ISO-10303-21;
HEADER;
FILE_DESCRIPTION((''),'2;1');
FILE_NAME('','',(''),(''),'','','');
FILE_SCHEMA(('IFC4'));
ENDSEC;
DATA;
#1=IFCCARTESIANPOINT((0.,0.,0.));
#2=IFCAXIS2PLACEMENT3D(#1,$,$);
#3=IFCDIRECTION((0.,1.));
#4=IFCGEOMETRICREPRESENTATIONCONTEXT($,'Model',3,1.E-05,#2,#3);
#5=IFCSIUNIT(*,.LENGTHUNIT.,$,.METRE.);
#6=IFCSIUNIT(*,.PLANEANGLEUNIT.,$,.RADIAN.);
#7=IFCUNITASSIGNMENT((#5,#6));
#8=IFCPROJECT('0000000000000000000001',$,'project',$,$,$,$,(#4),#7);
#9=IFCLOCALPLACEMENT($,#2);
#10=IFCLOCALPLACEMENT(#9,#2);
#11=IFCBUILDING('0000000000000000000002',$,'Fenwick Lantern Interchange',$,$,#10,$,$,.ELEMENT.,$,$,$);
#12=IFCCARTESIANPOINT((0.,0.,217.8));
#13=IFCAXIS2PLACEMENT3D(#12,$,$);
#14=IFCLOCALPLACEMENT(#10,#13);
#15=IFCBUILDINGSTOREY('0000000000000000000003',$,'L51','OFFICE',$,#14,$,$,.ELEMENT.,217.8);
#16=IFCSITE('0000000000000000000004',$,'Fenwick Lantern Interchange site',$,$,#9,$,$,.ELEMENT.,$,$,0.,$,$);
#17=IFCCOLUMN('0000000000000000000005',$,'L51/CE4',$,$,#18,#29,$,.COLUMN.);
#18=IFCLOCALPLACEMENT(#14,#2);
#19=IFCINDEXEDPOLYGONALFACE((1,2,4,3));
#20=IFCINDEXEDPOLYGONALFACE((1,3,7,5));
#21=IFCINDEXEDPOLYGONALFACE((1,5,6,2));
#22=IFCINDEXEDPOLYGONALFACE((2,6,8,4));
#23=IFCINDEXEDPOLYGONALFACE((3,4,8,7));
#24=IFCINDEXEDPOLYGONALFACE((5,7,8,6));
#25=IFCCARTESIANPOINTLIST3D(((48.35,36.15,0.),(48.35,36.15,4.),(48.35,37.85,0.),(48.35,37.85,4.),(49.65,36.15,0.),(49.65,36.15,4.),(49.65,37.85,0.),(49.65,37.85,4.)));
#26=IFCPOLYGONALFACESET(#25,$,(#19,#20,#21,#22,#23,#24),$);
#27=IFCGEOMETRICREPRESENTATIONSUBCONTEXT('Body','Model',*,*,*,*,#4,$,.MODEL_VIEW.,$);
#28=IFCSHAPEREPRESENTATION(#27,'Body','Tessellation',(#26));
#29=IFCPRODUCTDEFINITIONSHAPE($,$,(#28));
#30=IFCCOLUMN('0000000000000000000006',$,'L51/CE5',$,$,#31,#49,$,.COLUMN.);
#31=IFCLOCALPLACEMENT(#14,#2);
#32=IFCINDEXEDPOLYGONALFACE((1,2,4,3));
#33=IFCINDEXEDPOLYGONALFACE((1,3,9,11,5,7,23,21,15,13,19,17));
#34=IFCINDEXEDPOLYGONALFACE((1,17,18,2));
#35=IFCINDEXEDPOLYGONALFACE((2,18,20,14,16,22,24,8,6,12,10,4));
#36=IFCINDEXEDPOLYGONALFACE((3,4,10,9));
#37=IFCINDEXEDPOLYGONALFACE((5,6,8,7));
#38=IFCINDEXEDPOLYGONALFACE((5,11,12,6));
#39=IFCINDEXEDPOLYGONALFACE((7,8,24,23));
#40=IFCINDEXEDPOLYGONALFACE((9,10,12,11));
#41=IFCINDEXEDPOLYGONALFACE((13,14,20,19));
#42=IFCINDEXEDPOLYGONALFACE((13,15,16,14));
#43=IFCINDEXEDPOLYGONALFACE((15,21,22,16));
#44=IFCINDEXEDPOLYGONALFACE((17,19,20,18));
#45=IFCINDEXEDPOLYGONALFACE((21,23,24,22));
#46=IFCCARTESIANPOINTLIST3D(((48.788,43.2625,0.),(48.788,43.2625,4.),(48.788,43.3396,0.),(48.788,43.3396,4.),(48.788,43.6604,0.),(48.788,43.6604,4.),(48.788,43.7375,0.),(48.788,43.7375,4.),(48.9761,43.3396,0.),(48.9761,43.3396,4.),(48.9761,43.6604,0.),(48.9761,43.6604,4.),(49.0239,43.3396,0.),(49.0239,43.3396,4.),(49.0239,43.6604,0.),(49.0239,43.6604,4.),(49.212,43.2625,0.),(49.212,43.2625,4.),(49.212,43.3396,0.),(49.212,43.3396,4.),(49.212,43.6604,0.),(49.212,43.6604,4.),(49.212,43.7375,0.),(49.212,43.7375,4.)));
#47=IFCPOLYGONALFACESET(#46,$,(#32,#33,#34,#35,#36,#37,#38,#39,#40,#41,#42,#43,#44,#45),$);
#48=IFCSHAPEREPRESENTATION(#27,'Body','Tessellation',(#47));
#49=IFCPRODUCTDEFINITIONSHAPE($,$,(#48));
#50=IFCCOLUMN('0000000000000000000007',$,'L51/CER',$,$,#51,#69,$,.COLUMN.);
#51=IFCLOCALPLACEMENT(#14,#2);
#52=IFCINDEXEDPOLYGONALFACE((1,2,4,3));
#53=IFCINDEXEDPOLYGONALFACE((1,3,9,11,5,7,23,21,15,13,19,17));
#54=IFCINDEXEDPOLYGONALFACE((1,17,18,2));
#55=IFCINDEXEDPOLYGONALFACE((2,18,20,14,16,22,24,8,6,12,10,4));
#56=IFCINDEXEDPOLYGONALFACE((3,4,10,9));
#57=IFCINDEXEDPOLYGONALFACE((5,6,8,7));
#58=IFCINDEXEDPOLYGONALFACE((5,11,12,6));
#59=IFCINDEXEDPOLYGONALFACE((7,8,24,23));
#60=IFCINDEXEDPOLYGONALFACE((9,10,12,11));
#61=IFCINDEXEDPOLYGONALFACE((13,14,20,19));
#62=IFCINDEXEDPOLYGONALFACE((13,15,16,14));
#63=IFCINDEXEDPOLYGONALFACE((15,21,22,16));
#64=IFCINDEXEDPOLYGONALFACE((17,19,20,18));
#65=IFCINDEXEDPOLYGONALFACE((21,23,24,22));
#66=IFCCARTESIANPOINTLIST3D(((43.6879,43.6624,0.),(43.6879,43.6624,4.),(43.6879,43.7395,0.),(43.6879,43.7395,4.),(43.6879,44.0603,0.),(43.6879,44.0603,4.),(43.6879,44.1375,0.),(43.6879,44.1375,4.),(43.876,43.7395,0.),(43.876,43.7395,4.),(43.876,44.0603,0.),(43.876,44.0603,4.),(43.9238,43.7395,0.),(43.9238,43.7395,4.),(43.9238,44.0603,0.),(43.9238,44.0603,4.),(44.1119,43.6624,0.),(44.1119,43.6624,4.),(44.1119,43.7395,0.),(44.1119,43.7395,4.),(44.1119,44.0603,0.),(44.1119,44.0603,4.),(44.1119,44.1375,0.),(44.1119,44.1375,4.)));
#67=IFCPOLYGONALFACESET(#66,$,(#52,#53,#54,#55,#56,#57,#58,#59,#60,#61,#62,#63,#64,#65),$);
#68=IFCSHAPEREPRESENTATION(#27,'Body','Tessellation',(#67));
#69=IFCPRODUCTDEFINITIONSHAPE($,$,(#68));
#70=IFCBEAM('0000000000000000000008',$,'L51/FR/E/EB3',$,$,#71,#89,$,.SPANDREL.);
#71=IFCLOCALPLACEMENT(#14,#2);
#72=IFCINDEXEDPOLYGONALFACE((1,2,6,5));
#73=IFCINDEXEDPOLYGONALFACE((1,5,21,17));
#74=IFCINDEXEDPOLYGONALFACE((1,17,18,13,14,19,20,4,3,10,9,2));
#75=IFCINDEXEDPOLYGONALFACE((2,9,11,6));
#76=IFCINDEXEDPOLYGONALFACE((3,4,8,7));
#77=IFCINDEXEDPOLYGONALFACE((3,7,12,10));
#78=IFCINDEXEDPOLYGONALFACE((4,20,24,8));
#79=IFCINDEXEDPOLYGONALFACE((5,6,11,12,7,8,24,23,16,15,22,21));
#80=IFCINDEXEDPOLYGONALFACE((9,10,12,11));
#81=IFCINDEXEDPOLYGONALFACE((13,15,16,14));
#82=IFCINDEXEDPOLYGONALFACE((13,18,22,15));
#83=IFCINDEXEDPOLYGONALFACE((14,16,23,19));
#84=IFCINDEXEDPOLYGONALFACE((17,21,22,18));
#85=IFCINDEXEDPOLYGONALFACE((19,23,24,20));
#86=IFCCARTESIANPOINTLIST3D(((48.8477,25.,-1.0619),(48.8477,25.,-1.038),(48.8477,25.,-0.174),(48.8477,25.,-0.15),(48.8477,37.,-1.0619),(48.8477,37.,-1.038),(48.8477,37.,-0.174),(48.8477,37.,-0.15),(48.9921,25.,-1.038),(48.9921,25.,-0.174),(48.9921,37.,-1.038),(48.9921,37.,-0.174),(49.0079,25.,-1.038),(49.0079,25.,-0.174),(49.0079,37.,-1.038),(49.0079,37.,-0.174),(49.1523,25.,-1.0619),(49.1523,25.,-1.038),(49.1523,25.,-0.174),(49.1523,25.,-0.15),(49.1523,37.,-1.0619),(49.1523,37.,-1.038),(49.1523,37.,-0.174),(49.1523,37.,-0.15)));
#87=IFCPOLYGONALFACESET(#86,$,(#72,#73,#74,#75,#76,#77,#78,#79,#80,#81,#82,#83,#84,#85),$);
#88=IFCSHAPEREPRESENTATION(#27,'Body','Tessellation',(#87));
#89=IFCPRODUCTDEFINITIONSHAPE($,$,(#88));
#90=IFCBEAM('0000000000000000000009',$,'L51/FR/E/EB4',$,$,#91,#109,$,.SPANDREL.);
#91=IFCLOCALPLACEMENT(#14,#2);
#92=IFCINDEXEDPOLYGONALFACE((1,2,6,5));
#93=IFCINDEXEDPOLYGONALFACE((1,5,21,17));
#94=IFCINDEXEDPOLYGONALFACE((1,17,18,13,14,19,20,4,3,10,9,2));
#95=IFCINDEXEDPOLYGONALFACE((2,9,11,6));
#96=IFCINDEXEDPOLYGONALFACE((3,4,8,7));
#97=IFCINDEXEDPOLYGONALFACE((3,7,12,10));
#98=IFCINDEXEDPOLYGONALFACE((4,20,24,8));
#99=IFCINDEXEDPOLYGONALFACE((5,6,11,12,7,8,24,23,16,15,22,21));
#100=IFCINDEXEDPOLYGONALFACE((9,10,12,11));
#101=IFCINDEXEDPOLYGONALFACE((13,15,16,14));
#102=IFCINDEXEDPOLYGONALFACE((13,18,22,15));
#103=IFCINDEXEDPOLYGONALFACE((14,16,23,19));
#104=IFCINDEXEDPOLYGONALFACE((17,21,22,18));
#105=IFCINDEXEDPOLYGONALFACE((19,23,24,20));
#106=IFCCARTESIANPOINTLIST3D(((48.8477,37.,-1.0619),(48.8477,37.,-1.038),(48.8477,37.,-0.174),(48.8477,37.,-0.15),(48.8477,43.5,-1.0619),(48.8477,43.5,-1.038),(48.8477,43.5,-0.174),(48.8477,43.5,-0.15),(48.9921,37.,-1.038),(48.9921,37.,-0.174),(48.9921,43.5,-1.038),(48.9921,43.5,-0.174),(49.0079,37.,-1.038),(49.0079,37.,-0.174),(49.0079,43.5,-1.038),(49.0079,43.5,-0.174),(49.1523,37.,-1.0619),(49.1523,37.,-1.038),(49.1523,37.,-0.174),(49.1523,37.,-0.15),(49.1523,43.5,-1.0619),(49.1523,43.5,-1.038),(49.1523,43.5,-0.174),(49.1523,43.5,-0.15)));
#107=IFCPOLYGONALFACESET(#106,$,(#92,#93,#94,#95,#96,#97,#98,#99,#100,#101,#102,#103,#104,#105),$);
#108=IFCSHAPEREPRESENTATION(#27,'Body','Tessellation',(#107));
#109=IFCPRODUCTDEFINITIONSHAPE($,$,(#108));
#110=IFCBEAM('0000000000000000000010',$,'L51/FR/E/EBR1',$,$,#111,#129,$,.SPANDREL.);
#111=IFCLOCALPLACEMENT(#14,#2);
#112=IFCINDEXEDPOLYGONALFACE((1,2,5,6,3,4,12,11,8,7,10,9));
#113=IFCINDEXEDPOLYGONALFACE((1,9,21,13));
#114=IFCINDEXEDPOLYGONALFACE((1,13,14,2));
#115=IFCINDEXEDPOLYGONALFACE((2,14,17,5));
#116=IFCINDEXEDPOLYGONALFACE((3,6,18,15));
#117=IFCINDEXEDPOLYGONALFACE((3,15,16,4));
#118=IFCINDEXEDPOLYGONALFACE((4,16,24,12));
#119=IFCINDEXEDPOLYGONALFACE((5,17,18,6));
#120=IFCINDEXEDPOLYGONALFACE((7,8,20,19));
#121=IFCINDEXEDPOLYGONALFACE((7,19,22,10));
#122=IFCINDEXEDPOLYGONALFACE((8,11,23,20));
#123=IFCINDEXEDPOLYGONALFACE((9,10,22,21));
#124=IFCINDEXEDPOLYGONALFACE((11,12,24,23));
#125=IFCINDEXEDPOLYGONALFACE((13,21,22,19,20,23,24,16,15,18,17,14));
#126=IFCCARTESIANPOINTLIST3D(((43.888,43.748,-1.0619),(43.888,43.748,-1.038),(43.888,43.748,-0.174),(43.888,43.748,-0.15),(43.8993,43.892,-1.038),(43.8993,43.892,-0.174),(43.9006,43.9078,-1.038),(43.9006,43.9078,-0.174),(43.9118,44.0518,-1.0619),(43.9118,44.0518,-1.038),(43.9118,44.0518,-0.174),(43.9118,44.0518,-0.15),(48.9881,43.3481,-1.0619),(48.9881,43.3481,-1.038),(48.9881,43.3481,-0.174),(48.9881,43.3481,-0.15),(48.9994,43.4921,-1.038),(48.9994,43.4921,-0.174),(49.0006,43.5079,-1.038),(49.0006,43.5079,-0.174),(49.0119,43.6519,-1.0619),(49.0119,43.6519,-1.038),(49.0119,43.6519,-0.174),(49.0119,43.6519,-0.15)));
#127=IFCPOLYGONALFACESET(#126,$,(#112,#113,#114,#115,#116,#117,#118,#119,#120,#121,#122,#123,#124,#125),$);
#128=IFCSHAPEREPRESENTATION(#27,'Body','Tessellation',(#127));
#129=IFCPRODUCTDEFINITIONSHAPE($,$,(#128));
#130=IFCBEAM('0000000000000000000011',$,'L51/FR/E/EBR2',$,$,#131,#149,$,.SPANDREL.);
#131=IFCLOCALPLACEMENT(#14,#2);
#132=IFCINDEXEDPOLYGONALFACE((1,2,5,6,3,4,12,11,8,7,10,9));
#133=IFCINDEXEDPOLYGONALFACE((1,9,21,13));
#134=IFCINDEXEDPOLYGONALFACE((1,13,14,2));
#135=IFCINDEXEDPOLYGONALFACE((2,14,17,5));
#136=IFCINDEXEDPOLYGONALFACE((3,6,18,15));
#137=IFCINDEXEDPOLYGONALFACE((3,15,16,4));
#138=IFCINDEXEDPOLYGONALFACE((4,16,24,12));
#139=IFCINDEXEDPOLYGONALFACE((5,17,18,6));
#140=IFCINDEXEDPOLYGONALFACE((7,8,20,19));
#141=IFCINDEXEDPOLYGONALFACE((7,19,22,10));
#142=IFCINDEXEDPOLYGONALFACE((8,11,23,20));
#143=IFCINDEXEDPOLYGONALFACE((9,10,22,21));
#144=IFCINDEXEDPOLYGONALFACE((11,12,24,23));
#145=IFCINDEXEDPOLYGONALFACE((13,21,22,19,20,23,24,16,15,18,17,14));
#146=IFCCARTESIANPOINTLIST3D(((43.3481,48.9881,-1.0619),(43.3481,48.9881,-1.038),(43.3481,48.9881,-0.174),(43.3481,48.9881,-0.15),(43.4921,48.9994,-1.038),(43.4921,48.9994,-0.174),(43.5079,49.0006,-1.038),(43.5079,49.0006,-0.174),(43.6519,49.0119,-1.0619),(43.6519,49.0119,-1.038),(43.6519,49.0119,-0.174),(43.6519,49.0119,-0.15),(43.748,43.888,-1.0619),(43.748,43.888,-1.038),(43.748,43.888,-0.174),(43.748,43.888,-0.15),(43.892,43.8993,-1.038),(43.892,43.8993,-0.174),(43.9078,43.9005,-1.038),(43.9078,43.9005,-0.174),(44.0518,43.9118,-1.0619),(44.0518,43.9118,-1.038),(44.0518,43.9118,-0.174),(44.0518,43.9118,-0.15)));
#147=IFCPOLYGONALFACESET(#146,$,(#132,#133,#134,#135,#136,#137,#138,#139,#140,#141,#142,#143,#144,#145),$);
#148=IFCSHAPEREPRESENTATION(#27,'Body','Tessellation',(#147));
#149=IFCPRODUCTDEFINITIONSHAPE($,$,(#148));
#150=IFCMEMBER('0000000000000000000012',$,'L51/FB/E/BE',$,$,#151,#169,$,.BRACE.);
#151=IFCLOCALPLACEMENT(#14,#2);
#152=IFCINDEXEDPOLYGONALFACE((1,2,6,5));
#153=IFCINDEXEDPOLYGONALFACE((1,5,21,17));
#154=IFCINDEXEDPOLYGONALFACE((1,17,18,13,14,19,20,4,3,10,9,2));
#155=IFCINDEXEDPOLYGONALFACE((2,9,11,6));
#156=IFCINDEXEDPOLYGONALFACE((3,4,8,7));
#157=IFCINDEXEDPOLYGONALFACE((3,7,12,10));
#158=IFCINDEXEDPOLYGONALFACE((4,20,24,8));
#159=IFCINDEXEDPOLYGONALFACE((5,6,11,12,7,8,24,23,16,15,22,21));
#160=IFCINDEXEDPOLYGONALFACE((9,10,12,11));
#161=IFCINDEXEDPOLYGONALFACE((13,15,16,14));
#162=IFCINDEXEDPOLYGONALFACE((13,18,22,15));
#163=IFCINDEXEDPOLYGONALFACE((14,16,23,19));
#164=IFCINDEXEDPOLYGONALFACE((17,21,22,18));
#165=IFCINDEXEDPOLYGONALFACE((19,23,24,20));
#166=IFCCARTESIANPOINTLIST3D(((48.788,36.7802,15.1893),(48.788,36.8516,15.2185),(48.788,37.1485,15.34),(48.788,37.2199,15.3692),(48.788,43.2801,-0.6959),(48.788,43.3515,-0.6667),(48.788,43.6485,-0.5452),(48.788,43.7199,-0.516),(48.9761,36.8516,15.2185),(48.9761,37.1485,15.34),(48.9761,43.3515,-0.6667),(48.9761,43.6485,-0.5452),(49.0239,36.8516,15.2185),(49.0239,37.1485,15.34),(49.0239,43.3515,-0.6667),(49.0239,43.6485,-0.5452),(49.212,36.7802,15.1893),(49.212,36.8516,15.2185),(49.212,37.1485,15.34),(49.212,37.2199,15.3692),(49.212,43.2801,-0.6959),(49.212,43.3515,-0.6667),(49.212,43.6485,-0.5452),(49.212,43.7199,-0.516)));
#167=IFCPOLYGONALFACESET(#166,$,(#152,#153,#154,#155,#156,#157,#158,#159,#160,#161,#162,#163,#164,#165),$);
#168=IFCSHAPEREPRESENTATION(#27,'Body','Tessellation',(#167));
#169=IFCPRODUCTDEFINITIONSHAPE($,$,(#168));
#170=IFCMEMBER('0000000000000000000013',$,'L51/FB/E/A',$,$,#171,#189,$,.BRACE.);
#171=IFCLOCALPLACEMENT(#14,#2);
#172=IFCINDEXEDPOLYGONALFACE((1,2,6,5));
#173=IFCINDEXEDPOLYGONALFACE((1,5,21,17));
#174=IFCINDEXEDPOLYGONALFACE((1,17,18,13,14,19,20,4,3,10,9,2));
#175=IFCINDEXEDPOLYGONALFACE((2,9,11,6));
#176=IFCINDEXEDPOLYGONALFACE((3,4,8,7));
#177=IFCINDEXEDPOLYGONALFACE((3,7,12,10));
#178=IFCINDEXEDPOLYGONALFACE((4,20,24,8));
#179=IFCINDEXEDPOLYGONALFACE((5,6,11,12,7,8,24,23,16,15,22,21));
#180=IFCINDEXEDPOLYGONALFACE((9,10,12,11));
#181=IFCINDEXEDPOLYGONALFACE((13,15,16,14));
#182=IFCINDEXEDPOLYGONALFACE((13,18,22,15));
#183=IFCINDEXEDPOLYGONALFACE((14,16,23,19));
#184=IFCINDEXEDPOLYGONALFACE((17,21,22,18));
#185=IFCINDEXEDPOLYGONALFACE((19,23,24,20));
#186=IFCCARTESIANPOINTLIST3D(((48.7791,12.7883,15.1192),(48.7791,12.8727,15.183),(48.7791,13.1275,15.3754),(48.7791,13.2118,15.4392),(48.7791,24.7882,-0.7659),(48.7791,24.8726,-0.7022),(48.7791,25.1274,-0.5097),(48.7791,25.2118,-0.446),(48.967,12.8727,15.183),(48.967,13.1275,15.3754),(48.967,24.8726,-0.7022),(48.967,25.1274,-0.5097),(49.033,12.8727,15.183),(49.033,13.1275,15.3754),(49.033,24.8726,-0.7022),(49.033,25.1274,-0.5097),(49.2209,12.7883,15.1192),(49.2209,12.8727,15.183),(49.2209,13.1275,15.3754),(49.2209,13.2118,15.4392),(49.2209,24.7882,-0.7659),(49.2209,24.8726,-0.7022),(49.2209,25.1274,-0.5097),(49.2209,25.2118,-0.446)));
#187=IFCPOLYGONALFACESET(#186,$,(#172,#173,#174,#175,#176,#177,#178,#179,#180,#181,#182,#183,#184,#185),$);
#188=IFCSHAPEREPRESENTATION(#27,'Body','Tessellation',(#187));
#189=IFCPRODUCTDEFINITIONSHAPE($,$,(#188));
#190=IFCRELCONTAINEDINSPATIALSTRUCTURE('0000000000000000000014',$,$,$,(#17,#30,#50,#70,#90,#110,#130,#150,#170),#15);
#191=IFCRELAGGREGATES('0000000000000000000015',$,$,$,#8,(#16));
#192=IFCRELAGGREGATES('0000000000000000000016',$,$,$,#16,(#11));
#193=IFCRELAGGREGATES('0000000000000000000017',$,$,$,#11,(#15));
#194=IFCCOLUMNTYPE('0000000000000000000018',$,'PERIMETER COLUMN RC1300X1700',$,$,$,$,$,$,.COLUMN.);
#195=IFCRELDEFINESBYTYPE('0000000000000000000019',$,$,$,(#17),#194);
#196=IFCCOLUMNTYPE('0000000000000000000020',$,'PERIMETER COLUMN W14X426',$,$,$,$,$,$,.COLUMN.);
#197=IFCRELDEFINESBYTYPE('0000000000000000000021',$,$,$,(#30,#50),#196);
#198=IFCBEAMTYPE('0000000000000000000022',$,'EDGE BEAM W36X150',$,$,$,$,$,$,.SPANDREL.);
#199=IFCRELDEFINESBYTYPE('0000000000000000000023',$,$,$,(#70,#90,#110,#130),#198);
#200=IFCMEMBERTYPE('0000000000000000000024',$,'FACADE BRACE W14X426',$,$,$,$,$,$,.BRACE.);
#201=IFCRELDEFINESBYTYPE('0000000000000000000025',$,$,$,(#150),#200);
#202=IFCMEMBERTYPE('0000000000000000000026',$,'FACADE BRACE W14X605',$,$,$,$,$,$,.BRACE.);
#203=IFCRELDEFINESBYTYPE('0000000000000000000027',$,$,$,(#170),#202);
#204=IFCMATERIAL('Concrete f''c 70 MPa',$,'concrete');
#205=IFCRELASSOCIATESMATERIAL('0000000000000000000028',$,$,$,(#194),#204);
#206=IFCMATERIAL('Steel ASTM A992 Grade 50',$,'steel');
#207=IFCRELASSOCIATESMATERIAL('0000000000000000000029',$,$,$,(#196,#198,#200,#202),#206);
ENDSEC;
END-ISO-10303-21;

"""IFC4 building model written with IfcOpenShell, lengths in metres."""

from ifc_helpers import new_model, si_unit, direction, frame, origin, origin_2d, place, context, subcontext, project, spatial, rectangle, i_section, extrude, material, material_profile, profile_set, type_object, element, save


model = new_model("IFC4")

# Units and contexts
model_context = context("Model", 3, precision=1e-05, world=origin(), true_north=direction((0.0, 1.0)))
body_context = subcontext(model_context, "Body", "Model", "MODEL_VIEW")
ifc_project = project(units=[si_unit("LENGTHUNIT", "METRE"), si_unit("PLANEANGLEUNIT", "RADIAN")], contexts=[model_context])

# Site, building, storey
site_placement = place(None, origin())
site = spatial("IfcSite", under=ifc_project, at=site_placement, Name="Fenwick Lantern Interchange site", CompositionType="ELEMENT", RefElevation=0.0)
building_placement = place(site_placement, origin())
building = spatial("IfcBuilding", under=site, at=building_placement, Name="Fenwick Lantern Interchange", CompositionType="ELEMENT")
storey_placement = place(building_placement, frame((0.0, 0.0, 217.8)))
storey = spatial("IfcBuildingStorey", under=building, at=storey_placement, Name="L51", Description="OFFICE", CompositionType="ELEMENT", Elevation=217.8)

# Columns
ifc_material_1 = material(Name="Concrete f'c 70 MPa", Category="concrete")
ifc_material_profile_1 = material_profile(ifc_material_1, rectangle(XDim=1.3, YDim=1.7, at=origin_2d()), Name="RC1300X1700")
ifc_profile_set_1 = profile_set([ifc_material_profile_1], Name="Concrete f'c 70 MPa")
column_type_1 = type_object("IfcColumnType", Name="PERIMETER COLUMN RC1300X1700", PredefinedType="COLUMN", material=ifc_profile_set_1)
column_placement = place(storey_placement, frame((49.0, 37.0, 0.0), z_axis=(0.0, 0.0, 1.0), x_axis=(1.0, 0.0, 0.0)))
element("IfcColumn", 1, at=column_placement, inside=storey, type_object=column_type_1, Name="L51/CE4", PredefinedType="COLUMN", context=body_context, shape_type="SweptSolid", body=[
    extrude(rectangle(XDim=1.3, YDim=1.7, at=origin_2d()), origin(), (0.0, 0.0, 1.0), 4.0),
])
ifc_material_2 = material(Name="Steel ASTM A992 Grade 50", Category="steel")
ifc_material_profile_2 = material_profile(ifc_material_2, i_section(OverallWidth=0.4241, OverallDepth=0.4751, WebThickness=0.0479, FlangeThickness=0.0771, at=origin_2d()), Name="W14X426")
ifc_profile_set_2 = profile_set([ifc_material_profile_2], Name="Steel ASTM A992 Grade 50")
column_type_2 = type_object("IfcColumnType", Name="PERIMETER COLUMN W14X426", PredefinedType="COLUMN", material=ifc_profile_set_2)
for number, where, z_axis, x_axis, name in (
    (2, (49.0, 43.5, 0.0), (0.0, 0.0, 1.0), (1.0, 0.0, 0.0), "L51/CE5"),
    (3, (43.8999, 43.8999, 0.0), (0.0, 0.0, 1.0), (1.0, 0.0, 0.0), "L51/CER"),
):
    element("IfcColumn", number, at=place(storey_placement, frame(where, z_axis=z_axis, x_axis=x_axis)), inside=storey, type_object=column_type_2, Name=name, PredefinedType="COLUMN", context=body_context, shape_type="SweptSolid", body=[
        extrude(i_section(OverallWidth=0.4241, OverallDepth=0.4751, WebThickness=0.0479, FlangeThickness=0.0771, at=origin_2d()), origin(), (0.0, 0.0, 1.0), 4.0),
    ])

# Beams
ifc_material_profile_3 = material_profile(ifc_material_2, i_section(OverallWidth=0.3047, OverallDepth=0.9119, WebThickness=0.0159, FlangeThickness=0.0239, at=origin_2d()), Name="W36X150")
ifc_profile_set_3 = profile_set([ifc_material_profile_3], Name="Steel ASTM A992 Grade 50")
beam_type_1 = type_object("IfcBeamType", Name="EDGE BEAM W36X150", PredefinedType="SPANDREL", material=ifc_profile_set_3)
beam_1_placement = place(storey_placement, frame((49.0, 25.0, -0.606), z_axis=(0.0, 1.0, 0.0), x_axis=(-1.0, 0.0, 0.0)))
element("IfcBeam", 4, at=beam_1_placement, inside=storey, type_object=beam_type_1, Name="L51/FR/E/EB3", PredefinedType="SPANDREL", context=body_context, shape_type="SweptSolid", body=[
    extrude(i_section(OverallWidth=0.3047, OverallDepth=0.9119, WebThickness=0.0159, FlangeThickness=0.0239, at=origin_2d()), origin(), (0.0, 0.0, 1.0), 12.0),
])
beam_2_placement = place(storey_placement, frame((49.0, 37.0, -0.606), z_axis=(0.0, 1.0, 0.0), x_axis=(-1.0, 0.0, 0.0)))
element("IfcBeam", 5, at=beam_2_placement, inside=storey, type_object=beam_type_1, Name="L51/FR/E/EB4", PredefinedType="SPANDREL", context=body_context, shape_type="SweptSolid", body=[
    extrude(i_section(OverallWidth=0.3047, OverallDepth=0.9119, WebThickness=0.0159, FlangeThickness=0.0239, at=origin_2d()), origin(), (0.0, 0.0, 1.0), 6.5),
])
for number, where, z_axis, x_axis, name in (
    (6, (49.0, 43.5, -0.606), (-0.99694, 0.078171, 0.0), (-0.078171, -0.99694, 0.0), "L51/FR/E/EBR1"),
    (7, (43.8999, 43.8999, -0.606), (-0.078171, 0.99694, 0.0), (-0.99694, -0.078171, 0.0), "L51/FR/E/EBR2"),
):
    element("IfcBeam", number, at=place(storey_placement, frame(where, z_axis=z_axis, x_axis=x_axis)), inside=storey, type_object=beam_type_1, Name=name, PredefinedType="SPANDREL", context=body_context, shape_type="SweptSolid", body=[
        extrude(i_section(OverallWidth=0.3047, OverallDepth=0.9119, WebThickness=0.0159, FlangeThickness=0.0239, at=origin_2d()), origin(), (0.0, 0.0, 1.0), 5.1157),
    ])

# Members
ifc_material_profile_4 = material_profile(ifc_material_2, i_section(OverallWidth=0.4241, OverallDepth=0.4751, WebThickness=0.0479, FlangeThickness=0.0771, at=origin_2d()), Name="W14X426")
ifc_profile_set_4 = profile_set([ifc_material_profile_4], Name="Steel ASTM A992 Grade 50")
member_type_1 = type_object("IfcMemberType", Name="FACADE BRACE W14X426", PredefinedType="BRACE", material=ifc_profile_set_4)
member_1_placement = place(storey_placement, frame((49.0, 43.5, -0.606), z_axis=(0.0, -0.378707, 0.925517), x_axis=(1.0, 0.0, 0.0)))
element("IfcMember", 8, at=member_1_placement, inside=storey, type_object=member_type_1, Name="L51/FB/E/BE", PredefinedType="BRACE", context=body_context, shape_type="SweptSolid", body=[
    extrude(i_section(OverallWidth=0.4241, OverallDepth=0.4751, WebThickness=0.0479, FlangeThickness=0.0771, at=origin_2d()), origin(), (0.0, 0.0, 1.0), 17.1636),
])
ifc_material_profile_5 = material_profile(ifc_material_2, i_section(OverallWidth=0.4419, OverallDepth=0.5308, WebThickness=0.0659, FlangeThickness=0.1057, at=origin_2d()), Name="W14X605")
ifc_profile_set_5 = profile_set([ifc_material_profile_5], Name="Steel ASTM A992 Grade 50")
member_type_2 = type_object("IfcMemberType", Name="FACADE BRACE W14X605", PredefinedType="BRACE", material=ifc_profile_set_5)
for number, where, z_axis, x_axis, name in (
    (9, (49.0, 25.0, -0.606), (0.0, -0.602763, 0.79792), (1.0, 0.0, 0.0), "L51/FB/E/A"),
):
    element("IfcMember", number, at=place(storey_placement, frame(where, z_axis=z_axis, x_axis=x_axis)), inside=storey, type_object=member_type_2, Name=name, PredefinedType="BRACE", context=body_context, shape_type="SweptSolid", body=[
        extrude(i_section(OverallWidth=0.4419, OverallDepth=0.5308, WebThickness=0.0659, FlangeThickness=0.1057, at=origin_2d()), origin(), (0.0, 0.0, 1.0), 19.9082),
    ])

save(model, "model.ifc")
